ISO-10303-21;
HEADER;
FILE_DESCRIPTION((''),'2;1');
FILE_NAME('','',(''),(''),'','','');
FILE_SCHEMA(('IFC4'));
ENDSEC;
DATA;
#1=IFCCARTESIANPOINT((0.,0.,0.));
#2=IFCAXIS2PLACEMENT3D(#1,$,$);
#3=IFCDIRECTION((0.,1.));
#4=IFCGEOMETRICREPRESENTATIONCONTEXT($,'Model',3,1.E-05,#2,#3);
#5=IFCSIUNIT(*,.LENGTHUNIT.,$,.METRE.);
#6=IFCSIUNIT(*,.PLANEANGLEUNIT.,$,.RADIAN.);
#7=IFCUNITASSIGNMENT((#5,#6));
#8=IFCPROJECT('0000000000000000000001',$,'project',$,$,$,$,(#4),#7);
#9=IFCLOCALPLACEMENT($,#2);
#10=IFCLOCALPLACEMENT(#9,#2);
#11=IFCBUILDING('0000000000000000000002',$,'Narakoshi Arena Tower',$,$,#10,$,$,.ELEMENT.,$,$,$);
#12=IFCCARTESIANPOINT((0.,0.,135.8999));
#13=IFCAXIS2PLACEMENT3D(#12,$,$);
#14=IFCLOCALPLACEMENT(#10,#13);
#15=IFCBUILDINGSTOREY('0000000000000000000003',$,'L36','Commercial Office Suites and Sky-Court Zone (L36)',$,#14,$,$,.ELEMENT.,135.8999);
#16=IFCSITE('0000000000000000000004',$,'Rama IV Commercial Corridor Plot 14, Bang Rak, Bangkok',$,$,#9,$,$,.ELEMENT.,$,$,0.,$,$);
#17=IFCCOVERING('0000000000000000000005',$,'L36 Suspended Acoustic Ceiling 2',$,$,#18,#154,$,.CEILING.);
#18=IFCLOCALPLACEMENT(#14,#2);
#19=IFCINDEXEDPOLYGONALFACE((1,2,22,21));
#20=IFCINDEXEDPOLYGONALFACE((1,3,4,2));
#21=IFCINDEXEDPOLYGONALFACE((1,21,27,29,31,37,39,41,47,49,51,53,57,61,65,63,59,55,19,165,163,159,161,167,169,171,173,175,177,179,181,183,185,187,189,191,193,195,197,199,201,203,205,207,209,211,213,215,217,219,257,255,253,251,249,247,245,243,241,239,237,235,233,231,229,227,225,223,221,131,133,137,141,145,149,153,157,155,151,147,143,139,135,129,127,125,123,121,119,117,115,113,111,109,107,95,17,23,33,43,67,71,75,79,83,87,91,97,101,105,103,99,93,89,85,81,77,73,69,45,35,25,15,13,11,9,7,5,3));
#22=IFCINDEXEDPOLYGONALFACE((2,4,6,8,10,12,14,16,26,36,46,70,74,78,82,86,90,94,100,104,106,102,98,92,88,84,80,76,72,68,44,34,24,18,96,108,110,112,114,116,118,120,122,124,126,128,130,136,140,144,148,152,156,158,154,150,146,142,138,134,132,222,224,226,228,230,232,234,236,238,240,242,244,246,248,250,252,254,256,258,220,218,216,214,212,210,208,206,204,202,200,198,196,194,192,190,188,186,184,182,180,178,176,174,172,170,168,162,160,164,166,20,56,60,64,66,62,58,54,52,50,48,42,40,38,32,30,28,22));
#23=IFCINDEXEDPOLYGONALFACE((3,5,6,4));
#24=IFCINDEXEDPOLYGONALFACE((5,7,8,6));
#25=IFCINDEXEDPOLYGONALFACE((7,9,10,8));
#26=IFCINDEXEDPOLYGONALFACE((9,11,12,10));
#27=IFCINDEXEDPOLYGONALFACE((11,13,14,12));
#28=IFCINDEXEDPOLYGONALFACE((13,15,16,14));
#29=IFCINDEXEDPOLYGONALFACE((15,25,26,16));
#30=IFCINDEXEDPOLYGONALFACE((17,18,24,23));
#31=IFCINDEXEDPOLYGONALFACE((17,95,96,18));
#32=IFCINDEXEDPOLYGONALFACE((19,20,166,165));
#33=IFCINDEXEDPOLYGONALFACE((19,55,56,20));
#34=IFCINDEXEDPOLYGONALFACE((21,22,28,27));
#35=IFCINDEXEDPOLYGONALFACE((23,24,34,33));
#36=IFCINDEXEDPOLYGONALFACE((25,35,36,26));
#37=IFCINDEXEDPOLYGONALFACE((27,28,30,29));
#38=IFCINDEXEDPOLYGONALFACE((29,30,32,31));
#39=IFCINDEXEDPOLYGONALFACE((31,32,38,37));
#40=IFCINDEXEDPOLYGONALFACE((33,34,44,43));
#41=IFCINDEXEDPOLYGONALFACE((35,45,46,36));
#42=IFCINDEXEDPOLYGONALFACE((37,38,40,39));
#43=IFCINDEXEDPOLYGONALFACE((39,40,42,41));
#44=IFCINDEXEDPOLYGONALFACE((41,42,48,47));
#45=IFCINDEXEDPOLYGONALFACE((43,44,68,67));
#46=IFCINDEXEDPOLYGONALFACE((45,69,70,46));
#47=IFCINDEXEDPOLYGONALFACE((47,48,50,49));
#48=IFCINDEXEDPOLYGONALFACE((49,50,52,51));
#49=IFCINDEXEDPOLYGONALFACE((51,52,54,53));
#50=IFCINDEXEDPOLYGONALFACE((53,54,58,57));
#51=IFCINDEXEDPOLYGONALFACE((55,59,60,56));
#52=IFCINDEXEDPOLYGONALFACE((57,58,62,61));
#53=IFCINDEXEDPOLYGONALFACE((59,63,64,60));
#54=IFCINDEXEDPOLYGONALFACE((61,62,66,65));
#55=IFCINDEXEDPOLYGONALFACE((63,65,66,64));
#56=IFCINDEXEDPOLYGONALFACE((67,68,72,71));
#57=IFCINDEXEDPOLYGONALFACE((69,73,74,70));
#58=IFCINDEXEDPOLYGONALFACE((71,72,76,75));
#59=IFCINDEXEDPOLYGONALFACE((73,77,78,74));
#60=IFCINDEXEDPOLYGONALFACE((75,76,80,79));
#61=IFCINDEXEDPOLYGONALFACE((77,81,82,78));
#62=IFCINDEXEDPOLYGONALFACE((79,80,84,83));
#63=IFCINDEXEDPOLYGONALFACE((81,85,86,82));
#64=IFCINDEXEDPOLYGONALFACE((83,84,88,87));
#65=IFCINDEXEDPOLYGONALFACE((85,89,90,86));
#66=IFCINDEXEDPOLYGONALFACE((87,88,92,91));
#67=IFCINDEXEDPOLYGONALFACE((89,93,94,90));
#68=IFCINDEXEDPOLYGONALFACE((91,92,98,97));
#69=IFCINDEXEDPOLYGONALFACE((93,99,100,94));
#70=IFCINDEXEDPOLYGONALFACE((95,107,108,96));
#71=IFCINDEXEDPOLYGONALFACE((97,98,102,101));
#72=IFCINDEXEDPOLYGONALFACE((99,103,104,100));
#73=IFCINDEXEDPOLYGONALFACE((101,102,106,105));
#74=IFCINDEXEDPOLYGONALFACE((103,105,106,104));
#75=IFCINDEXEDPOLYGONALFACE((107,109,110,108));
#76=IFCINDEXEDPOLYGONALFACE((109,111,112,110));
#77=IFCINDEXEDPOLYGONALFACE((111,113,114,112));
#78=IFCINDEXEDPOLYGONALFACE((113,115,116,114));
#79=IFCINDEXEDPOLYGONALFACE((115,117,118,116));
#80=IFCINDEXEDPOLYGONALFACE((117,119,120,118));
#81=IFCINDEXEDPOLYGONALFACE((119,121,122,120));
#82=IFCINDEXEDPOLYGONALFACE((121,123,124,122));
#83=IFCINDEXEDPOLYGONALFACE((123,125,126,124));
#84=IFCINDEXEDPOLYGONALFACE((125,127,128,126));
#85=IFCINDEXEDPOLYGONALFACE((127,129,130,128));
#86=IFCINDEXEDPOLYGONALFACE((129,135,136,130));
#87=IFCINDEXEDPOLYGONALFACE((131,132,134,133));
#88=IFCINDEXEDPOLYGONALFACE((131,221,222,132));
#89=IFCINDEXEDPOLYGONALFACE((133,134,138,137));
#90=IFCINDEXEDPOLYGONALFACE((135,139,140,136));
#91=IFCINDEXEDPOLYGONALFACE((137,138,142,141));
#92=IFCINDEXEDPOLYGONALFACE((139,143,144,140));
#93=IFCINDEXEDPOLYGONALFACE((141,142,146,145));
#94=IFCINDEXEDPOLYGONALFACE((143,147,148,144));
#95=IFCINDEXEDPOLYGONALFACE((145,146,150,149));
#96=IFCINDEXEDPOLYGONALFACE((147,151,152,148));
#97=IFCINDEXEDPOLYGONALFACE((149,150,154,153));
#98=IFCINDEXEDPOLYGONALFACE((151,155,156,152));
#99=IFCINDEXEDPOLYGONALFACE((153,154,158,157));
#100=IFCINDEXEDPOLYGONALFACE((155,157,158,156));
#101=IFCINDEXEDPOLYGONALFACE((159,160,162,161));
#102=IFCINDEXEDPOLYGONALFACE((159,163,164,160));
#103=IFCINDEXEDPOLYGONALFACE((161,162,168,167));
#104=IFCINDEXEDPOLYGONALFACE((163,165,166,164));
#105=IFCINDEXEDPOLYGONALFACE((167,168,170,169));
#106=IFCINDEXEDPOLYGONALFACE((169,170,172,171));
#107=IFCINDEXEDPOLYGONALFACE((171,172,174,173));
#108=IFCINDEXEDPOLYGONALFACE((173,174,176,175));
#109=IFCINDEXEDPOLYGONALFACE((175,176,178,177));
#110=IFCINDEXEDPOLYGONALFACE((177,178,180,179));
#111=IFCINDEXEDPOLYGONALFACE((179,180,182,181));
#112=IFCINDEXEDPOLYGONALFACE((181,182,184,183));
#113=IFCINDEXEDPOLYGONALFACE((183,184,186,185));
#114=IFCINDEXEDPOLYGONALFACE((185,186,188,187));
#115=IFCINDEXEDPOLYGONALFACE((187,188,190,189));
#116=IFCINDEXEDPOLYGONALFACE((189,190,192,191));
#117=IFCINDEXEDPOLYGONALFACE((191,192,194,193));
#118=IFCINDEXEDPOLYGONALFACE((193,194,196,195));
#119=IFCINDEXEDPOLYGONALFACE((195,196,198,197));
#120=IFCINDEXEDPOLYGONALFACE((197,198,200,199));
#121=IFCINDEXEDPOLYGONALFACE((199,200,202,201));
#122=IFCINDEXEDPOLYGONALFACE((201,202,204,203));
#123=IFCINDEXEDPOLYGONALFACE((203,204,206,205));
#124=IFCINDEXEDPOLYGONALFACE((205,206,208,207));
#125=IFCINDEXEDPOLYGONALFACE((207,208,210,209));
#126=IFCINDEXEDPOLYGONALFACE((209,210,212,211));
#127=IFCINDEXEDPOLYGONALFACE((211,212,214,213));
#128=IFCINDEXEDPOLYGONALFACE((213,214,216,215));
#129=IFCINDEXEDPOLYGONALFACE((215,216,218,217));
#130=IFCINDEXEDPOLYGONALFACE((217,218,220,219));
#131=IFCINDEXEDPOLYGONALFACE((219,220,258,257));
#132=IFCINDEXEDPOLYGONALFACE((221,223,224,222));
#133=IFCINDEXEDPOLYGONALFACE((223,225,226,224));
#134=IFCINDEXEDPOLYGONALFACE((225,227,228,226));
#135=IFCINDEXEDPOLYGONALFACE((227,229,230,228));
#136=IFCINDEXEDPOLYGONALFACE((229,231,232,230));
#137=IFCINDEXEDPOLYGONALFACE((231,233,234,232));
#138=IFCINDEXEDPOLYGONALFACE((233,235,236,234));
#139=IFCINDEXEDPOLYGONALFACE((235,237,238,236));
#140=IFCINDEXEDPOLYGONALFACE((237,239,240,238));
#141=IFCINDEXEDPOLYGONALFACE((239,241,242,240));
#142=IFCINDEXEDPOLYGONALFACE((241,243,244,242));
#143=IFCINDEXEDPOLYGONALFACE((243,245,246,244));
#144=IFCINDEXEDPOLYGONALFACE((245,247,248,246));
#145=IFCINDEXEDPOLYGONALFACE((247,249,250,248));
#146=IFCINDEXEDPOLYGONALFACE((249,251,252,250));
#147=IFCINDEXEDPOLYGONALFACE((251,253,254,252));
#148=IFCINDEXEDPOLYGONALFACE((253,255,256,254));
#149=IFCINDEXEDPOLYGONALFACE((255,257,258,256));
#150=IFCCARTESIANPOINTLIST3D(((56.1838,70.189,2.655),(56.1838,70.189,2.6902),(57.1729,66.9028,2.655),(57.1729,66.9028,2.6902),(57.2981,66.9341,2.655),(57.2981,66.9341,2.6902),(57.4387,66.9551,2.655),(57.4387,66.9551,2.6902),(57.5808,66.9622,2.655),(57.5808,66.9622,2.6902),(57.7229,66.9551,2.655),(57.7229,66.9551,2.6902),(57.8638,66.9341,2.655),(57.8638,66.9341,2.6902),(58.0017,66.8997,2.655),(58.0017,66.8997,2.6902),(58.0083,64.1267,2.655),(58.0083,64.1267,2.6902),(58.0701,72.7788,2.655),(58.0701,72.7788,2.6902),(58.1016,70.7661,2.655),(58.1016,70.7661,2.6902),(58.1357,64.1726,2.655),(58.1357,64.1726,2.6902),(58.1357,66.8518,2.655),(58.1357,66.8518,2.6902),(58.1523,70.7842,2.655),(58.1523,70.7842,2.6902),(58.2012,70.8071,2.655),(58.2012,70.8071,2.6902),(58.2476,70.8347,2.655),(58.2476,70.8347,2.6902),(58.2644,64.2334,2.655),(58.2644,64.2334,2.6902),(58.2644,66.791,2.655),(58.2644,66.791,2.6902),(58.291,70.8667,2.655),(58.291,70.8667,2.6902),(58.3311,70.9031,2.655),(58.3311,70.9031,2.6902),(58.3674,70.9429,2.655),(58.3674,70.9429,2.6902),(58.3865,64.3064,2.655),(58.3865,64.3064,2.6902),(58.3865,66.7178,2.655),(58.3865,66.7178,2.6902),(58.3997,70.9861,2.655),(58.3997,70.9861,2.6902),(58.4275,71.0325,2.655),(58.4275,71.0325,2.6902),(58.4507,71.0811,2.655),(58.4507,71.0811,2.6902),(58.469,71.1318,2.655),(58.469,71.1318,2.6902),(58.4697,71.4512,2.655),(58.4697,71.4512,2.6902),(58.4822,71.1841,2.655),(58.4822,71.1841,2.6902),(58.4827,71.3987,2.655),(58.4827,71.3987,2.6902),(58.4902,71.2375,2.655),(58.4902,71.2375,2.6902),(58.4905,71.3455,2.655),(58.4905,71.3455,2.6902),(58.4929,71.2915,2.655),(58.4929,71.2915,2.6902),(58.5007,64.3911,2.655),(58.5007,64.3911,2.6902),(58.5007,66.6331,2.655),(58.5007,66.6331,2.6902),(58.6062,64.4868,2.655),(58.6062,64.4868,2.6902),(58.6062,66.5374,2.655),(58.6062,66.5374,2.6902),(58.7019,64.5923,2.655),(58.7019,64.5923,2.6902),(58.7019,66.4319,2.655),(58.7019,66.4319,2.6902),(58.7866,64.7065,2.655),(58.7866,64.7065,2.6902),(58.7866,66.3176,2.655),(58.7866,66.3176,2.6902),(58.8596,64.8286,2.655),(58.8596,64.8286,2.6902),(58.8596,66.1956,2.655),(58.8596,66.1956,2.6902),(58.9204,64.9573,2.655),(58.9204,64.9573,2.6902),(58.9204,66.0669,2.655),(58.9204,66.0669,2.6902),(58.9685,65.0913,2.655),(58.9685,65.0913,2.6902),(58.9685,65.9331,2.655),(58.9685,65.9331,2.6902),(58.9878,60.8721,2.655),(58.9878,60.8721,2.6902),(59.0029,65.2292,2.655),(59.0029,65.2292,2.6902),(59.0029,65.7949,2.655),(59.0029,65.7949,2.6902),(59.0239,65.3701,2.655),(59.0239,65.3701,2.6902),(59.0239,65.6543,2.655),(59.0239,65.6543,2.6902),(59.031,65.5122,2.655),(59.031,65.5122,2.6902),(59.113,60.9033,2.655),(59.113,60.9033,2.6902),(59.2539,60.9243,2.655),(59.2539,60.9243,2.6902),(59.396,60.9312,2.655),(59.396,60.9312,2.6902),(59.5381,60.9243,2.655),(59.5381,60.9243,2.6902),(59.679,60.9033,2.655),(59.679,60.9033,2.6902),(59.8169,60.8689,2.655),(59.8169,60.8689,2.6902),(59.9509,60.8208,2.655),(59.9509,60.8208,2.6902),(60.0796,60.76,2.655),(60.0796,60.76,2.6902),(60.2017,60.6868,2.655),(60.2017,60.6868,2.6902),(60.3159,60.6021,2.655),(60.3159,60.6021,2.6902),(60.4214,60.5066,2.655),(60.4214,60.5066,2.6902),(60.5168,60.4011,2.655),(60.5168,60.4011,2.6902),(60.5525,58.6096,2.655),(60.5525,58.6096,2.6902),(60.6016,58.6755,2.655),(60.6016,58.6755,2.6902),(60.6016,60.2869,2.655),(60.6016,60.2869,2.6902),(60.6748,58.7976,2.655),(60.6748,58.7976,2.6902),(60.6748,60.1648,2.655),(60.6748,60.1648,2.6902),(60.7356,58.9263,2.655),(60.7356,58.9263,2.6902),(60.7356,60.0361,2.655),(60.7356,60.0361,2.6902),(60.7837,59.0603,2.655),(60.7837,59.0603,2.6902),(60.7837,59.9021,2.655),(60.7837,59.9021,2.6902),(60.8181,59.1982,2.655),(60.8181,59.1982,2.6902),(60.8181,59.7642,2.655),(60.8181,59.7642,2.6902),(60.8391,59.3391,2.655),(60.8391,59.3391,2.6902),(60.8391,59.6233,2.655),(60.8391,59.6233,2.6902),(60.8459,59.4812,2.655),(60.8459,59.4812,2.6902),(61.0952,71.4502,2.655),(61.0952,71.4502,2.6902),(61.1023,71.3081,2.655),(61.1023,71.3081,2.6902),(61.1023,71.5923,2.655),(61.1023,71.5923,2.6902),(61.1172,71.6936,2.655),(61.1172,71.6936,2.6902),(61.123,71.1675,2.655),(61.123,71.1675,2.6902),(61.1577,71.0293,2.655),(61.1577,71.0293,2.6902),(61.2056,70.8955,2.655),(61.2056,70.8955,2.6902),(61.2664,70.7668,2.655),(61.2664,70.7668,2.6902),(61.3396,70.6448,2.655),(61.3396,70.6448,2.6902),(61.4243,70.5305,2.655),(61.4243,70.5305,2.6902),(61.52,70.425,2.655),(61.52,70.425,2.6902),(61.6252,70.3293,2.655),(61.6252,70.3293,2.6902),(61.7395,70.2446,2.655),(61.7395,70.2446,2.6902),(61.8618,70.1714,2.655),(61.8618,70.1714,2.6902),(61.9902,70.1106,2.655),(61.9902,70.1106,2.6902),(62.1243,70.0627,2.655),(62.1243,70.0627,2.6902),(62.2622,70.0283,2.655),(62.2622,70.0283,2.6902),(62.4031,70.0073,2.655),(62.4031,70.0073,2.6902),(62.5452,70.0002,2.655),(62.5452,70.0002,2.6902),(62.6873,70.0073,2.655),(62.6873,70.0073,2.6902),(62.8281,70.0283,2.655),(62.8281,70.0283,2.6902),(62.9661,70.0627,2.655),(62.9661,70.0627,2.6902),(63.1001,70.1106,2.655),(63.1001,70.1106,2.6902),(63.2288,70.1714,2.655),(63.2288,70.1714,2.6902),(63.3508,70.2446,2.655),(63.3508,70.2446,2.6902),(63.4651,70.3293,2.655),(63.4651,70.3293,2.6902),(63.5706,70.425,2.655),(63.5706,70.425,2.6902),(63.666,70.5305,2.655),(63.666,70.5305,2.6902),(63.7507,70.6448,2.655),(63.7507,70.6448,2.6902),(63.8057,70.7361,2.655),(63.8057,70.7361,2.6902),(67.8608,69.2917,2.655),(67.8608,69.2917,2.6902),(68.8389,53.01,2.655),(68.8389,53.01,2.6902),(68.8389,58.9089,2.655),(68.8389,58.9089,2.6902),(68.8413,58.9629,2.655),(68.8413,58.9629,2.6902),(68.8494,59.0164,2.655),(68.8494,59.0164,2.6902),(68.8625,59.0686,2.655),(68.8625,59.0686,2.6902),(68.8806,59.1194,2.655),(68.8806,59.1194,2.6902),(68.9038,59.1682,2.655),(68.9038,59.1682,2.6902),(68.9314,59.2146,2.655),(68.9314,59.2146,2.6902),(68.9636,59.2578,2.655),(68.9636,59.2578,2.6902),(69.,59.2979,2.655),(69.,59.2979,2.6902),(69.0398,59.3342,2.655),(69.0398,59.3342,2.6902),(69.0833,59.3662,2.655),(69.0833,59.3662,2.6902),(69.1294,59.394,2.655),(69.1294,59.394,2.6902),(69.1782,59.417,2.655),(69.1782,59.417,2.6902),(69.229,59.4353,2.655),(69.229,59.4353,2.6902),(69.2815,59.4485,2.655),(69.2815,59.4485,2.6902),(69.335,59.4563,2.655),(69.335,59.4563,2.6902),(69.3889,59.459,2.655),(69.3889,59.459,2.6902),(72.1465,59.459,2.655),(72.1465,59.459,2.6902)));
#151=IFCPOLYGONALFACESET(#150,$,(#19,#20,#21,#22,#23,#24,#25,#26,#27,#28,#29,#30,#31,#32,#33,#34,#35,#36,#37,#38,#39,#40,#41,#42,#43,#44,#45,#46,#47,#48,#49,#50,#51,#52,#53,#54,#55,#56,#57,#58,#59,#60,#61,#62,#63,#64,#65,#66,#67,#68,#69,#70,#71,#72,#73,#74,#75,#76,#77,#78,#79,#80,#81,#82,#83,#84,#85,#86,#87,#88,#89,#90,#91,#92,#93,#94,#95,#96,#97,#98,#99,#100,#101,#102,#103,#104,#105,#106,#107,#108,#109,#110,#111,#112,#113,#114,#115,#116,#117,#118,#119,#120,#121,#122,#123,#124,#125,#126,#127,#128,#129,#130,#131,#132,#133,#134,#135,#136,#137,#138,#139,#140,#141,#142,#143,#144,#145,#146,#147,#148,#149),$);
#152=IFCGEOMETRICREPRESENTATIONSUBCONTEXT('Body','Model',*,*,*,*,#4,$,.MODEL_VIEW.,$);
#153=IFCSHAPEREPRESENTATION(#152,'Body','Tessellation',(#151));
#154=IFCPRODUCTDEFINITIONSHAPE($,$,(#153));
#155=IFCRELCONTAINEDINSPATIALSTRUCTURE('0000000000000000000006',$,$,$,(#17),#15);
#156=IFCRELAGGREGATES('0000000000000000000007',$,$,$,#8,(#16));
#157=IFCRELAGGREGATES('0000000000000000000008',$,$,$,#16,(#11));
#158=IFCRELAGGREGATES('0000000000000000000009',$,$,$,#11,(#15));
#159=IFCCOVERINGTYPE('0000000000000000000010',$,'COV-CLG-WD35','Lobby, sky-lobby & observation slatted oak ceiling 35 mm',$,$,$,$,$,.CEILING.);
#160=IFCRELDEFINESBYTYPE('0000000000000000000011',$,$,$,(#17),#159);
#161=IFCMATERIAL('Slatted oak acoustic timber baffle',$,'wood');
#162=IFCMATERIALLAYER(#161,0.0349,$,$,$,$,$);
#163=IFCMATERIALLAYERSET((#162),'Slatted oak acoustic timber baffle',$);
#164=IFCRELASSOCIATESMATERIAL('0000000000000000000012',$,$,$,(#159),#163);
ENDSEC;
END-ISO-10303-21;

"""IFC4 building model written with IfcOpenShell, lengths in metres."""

from ifc_helpers import new_model, si_unit, direction, frame, origin, place, context, subcontext, project, spatial, polyline, outline, extrude, material, layer, layer_set, type_object, element, save


model = new_model("IFC4")

# Units and contexts
model_context = context("Model", 3, precision=1e-05, world=origin(), true_north=direction((0.0, 1.0)))
body_context = subcontext(model_context, "Body", "Model", "MODEL_VIEW")
ifc_project = project(units=[si_unit("LENGTHUNIT", "METRE"), si_unit("PLANEANGLEUNIT", "RADIAN")], contexts=[model_context])

# Site, building, storey
site_placement = place(None, origin())
site = spatial("IfcSite", under=ifc_project, at=site_placement, Name="Rama IV Commercial Corridor Plot 14, Bang Rak, Bangkok", CompositionType="ELEMENT", RefElevation=0.0)
building_placement = place(site_placement, origin())
building = spatial("IfcBuilding", under=site, at=building_placement, Name="Narakoshi Arena Tower", CompositionType="ELEMENT")
storey_placement = place(building_placement, frame((0.0, 0.0, 135.8999)))
storey = spatial("IfcBuildingStorey", under=building, at=storey_placement, Name="L36", Description="Commercial Office Suites and Sky-Court Zone (L36)", CompositionType="ELEMENT", Elevation=135.8999)

# Covering
ifc_material_1 = material(Name="Slatted oak acoustic timber baffle", Category="wood")
ifc_layer_1 = layer(ifc_material_1, 0.0349)
ifc_layer_set_1 = layer_set([ifc_layer_1], Name="Slatted oak acoustic timber baffle")
covering_type_1 = type_object("IfcCoveringType", Name="COV-CLG-WD35", Description="Lobby, sky-lobby & observation slatted oak ceiling 35 mm", PredefinedType="CEILING", material=ifc_layer_set_1)
covering_1_placement = place(storey_placement, frame((0.0, 0.0, 2.655)))
element("IfcCovering", 1, at=covering_1_placement, inside=storey, type_object=covering_type_1, Name="L36 Suspended Acoustic Ceiling 2", PredefinedType="CEILING", context=body_context, shape_type="SweptSolid", body=[
    extrude(outline(polyline([(58.1016, 70.7661), (58.1523, 70.7842), (58.2012, 70.8071), (58.2476, 70.8347), (58.291, 70.8667), (58.3311, 70.9031), (58.3674, 70.9429), (58.3997, 70.9861), (58.4275, 71.0325), (58.4507, 71.0811), (58.469, 71.1318), (58.4822, 71.1841), (58.4902, 71.2375), (58.4929, 71.2915), (58.4905, 71.3455), (58.4827, 71.3987), (58.4697, 71.4512), (58.0701, 72.7788), (61.1172, 71.6936), (61.1023, 71.5923), (61.0952, 71.4502), (61.1023, 71.3081), (61.123, 71.1675), (61.1577, 71.0293), (61.2056, 70.8955), (61.2664, 70.7668), (61.3396, 70.6448), (61.4243, 70.5305), (61.52, 70.425), (61.6252, 70.3293), (61.7395, 70.2446), (61.8618, 70.1714), (61.9902, 70.1106), (62.1243, 70.0627), (62.2622, 70.0283), (62.4031, 70.0073), (62.5452, 70.0002), (62.6873, 70.0073), (62.8281, 70.0283), (62.9661, 70.0627), (63.1001, 70.1106), (63.2288, 70.1714), (63.3508, 70.2446), (63.4651, 70.3293), (63.5706, 70.425), (63.666, 70.5305), (63.7507, 70.6448), (63.8057, 70.7361), (67.8608, 69.2917), (72.1465, 59.459), (69.3889, 59.459), (69.335, 59.4563), (69.2815, 59.4485), (69.229, 59.4353), (69.1782, 59.417), (69.1294, 59.394), (69.0833, 59.3662), (69.0398, 59.3342), (69.0, 59.2979), (68.9636, 59.2578), (68.9314, 59.2146), (68.9038, 59.1682), (68.8806, 59.1194), (68.8625, 59.0686), (68.8494, 59.0164), (68.8413, 58.9629), (68.8389, 58.9089), (68.8389, 53.01), (60.5525, 58.6096), (60.6016, 58.6755), (60.6748, 58.7976), (60.7356, 58.9263), (60.7837, 59.0603), (60.8181, 59.1982), (60.8391, 59.3391), (60.8459, 59.4812), (60.8391, 59.6233), (60.8181, 59.7642), (60.7837, 59.9021), (60.7356, 60.0361), (60.6748, 60.1648), (60.6016, 60.2869), (60.5168, 60.4011), (60.4214, 60.5066), (60.3159, 60.6021), (60.2017, 60.6868), (60.0796, 60.76), (59.9509, 60.8208), (59.8169, 60.8689), (59.679, 60.9033), (59.5381, 60.9243), (59.396, 60.9312), (59.2539, 60.9243), (59.113, 60.9033), (58.9878, 60.8721), (58.0083, 64.1267), (58.1357, 64.1726), (58.2644, 64.2334), (58.3865, 64.3064), (58.5007, 64.3911), (58.6062, 64.4868), (58.7019, 64.5923), (58.7866, 64.7065), (58.8596, 64.8286), (58.9204, 64.9573), (58.9685, 65.0913), (59.0029, 65.2292), (59.0239, 65.3701), (59.031, 65.5122), (59.0239, 65.6543), (59.0029, 65.7949), (58.9685, 65.9331), (58.9204, 66.0669), (58.8596, 66.1956), (58.7866, 66.3176), (58.7019, 66.4319), (58.6062, 66.5374), (58.5007, 66.6331), (58.3865, 66.7178), (58.2644, 66.791), (58.1357, 66.8518), (58.0017, 66.8997), (57.8638, 66.9341), (57.7229, 66.9551), (57.5808, 66.9622), (57.4387, 66.9551), (57.2981, 66.9341), (57.1729, 66.9028), (56.1838, 70.189), (58.1016, 70.7661)])), origin(), (0.0, 0.0, 1.0), 0.0352),
])

save(model, "model.ifc")
